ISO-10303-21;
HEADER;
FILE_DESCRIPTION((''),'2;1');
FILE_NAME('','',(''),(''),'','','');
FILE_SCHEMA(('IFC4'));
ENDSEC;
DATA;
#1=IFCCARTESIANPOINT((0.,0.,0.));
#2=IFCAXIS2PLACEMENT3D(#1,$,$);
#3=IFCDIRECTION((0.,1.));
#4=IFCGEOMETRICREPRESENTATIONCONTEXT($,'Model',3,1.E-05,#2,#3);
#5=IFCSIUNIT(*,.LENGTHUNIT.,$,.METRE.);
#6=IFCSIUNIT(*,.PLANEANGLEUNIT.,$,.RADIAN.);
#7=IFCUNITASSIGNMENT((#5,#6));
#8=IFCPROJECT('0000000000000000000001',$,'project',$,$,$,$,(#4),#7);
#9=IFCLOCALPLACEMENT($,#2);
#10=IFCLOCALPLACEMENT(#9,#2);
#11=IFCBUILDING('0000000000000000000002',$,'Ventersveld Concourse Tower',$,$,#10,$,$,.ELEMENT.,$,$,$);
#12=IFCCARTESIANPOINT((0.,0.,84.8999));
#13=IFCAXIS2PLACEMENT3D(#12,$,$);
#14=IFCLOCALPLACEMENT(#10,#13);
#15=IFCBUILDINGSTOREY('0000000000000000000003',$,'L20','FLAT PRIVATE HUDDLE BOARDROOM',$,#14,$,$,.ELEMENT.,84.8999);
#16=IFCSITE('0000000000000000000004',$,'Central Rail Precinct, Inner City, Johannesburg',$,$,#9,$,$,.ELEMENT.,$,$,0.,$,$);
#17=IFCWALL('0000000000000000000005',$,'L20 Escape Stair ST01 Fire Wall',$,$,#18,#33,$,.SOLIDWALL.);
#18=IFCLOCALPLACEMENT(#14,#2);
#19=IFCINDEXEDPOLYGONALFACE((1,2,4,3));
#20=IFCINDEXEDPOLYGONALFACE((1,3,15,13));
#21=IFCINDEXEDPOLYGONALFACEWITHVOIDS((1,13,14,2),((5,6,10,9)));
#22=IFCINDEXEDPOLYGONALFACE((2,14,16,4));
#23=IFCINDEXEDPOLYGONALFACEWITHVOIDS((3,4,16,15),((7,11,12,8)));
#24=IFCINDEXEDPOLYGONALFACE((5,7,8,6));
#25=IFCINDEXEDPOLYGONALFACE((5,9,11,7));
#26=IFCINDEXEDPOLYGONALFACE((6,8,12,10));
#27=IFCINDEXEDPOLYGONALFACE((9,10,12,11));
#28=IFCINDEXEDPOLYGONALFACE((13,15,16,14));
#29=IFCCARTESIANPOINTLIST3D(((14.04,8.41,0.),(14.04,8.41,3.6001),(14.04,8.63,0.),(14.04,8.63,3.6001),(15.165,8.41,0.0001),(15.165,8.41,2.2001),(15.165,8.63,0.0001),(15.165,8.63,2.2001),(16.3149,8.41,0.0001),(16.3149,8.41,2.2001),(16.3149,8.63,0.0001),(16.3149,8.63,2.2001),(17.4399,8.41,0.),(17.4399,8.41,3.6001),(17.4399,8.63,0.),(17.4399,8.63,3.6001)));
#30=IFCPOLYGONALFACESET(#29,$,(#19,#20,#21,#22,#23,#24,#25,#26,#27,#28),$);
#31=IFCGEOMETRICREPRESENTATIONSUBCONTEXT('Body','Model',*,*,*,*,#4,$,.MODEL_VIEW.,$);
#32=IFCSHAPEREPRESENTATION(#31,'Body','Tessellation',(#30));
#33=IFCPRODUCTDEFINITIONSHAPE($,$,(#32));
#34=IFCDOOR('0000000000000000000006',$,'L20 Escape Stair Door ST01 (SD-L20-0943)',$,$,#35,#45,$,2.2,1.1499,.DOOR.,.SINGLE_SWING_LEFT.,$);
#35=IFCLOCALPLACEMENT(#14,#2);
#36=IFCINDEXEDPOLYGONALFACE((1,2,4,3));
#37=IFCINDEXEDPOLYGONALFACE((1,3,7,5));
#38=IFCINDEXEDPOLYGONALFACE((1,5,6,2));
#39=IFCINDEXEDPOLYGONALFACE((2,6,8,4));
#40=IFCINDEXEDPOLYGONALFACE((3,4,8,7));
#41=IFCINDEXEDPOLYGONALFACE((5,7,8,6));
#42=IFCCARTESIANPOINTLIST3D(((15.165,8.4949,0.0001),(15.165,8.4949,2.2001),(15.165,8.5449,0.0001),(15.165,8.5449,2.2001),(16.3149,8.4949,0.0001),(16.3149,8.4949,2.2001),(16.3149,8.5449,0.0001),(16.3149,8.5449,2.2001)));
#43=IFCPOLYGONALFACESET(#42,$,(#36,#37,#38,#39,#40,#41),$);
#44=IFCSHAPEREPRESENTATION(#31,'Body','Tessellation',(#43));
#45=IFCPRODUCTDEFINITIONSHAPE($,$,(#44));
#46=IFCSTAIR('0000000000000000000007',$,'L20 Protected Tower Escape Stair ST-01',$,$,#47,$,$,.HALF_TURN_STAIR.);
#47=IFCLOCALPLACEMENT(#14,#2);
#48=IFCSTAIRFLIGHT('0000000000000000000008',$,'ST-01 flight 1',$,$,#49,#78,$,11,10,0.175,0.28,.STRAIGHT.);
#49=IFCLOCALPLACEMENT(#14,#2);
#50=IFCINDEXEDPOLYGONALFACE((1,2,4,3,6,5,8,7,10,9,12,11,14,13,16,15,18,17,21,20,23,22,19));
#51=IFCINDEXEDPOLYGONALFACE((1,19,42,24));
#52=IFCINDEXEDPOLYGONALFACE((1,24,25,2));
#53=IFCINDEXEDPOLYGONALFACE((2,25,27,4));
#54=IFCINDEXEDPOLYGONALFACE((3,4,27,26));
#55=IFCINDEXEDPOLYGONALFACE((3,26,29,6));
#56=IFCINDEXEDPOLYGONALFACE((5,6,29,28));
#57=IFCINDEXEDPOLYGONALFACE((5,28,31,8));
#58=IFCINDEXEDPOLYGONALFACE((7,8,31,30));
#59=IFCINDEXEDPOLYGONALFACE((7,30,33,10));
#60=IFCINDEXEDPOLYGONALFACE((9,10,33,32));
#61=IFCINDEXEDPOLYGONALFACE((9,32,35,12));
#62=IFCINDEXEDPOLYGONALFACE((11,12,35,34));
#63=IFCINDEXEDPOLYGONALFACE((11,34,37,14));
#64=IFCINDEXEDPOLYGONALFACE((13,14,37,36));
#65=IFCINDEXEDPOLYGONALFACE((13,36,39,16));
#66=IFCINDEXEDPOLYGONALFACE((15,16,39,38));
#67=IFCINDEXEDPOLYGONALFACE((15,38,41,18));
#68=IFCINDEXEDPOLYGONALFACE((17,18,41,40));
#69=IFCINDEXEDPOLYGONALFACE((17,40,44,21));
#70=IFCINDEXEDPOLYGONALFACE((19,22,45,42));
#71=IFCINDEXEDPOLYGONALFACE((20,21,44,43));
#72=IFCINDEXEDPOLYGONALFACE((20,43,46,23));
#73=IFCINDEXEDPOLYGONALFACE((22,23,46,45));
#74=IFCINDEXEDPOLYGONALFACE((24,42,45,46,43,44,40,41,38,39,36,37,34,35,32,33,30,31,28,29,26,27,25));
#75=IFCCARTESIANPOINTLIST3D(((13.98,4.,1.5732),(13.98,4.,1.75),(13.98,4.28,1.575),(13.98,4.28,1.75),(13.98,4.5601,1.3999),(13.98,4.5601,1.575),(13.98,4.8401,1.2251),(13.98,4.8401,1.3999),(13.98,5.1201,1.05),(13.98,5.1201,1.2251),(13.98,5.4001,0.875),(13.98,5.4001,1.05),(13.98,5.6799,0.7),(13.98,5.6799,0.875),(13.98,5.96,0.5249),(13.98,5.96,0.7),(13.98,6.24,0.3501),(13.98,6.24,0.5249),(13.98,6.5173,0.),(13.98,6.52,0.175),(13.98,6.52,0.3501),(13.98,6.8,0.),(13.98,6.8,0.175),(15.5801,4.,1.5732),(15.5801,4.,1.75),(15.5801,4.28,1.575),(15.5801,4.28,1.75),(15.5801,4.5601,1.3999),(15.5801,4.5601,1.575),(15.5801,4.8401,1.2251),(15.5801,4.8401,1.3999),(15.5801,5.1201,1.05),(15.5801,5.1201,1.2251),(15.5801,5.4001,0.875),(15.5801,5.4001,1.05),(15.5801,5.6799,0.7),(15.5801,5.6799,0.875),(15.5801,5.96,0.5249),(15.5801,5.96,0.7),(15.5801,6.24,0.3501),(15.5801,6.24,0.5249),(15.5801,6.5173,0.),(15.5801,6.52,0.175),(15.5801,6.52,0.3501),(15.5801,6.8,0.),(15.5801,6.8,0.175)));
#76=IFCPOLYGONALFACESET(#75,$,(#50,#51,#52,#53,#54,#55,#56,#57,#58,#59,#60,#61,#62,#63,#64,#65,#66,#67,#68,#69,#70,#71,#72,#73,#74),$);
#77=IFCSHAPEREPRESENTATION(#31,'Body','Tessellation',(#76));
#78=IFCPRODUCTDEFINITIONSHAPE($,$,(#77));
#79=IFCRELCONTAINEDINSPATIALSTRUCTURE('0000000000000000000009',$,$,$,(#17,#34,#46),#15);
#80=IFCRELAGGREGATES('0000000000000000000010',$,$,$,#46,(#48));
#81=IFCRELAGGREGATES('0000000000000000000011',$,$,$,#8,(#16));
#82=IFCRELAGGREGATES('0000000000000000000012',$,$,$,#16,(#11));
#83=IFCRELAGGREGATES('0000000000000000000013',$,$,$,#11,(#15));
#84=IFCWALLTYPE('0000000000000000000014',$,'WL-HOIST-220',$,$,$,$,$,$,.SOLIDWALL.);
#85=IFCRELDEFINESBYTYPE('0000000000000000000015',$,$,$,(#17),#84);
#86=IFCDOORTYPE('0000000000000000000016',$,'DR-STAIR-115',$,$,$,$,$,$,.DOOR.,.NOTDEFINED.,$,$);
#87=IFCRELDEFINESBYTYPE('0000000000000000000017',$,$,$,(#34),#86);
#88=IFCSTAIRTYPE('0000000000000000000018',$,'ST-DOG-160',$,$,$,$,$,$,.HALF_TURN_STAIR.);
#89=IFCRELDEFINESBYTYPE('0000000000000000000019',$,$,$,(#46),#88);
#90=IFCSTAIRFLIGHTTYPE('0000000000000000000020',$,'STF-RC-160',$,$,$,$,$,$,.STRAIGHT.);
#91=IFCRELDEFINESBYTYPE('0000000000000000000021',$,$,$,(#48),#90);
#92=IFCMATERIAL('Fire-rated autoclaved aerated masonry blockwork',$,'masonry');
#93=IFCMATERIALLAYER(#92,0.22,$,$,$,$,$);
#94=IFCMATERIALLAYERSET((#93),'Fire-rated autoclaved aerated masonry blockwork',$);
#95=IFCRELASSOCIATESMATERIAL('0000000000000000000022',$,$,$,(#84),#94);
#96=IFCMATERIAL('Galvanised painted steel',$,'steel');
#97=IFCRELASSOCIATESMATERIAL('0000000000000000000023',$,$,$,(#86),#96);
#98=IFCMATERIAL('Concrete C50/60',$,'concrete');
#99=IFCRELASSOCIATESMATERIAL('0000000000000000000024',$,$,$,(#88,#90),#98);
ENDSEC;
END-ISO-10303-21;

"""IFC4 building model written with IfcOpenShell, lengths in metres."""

from ifc_helpers import new_model, si_unit, direction, frame, frame_2d, origin, place, context, subcontext, project, spatial, polyline, rectangle, outline, extrude, material, layer, layer_set, type_object, element, fill, aggregate, save


model = new_model("IFC4")

# Units and contexts
model_context = context("Model", 3, precision=1e-05, world=origin(), true_north=direction((0.0, 1.0)))
body_context = subcontext(model_context, "Body", "Model", "MODEL_VIEW")
ifc_project = project(units=[si_unit("LENGTHUNIT", "METRE"), si_unit("PLANEANGLEUNIT", "RADIAN")], contexts=[model_context])

# Site, building, storey
site_placement = place(None, origin())
site = spatial("IfcSite", under=ifc_project, at=site_placement, Name="Central Rail Precinct, Inner City, Johannesburg", CompositionType="ELEMENT", RefElevation=0.0)
building_placement = place(site_placement, origin())
building = spatial("IfcBuilding", under=site, at=building_placement, Name="Ventersveld Concourse Tower", CompositionType="ELEMENT")
storey_placement = place(building_placement, frame((0.0, 0.0, 84.8999)))
storey = spatial("IfcBuildingStorey", under=building, at=storey_placement, Name="L20", Description="FLAT PRIVATE HUDDLE BOARDROOM", CompositionType="ELEMENT", Elevation=84.8999)

# Shared definitions
ifc_material_1 = material(Name="Concrete C50/60", Category="concrete")

# Shared definitions
ifc_material_2 = material(Name="Fire-rated autoclaved aerated masonry blockwork", Category="masonry")

# Wall, opening, door
ifc_layer_1 = layer(ifc_material_2, 0.22)
ifc_layer_set_1 = layer_set([ifc_layer_1], Name="Fire-rated autoclaved aerated masonry blockwork")
wall_type_1 = type_object("IfcWallType", Name="WL-HOIST-220", PredefinedType="SOLIDWALL", material=ifc_layer_set_1)
wall_1_placement = place(storey_placement, frame((14.04, 8.52, 0.0), z_axis=(0.0, 0.0, 1.0), x_axis=(1.0, 0.0, 0.0)))
wall_1 = element("IfcWall", 1, at=wall_1_placement, inside=storey, type_object=wall_type_1, Name="L20 Escape Stair ST01 Fire Wall", PredefinedType="SOLIDWALL", context=body_context, shape_type="SweptSolid", body=[
    extrude(rectangle(XDim=3.3999, YDim=0.22, at=frame_2d((1.7, 0.0))), origin(), (0.0, 0.0, 1.0), 3.6001),
])
opening_1_placement = place(wall_1_placement, frame((1.125, 0.0, 0.0)))
opening_1 = element("IfcOpeningElement", 2, at=opening_1_placement, cuts=wall_1, PredefinedType="OPENING", context=body_context, shape_type="SweptSolid", body=[
    extrude(rectangle(XDim=1.1499, YDim=2.2, at=frame_2d((0.575, 1.1001))), frame((0.0, 0.1201, 0.0), z_axis=(0.0, -1.0, 0.0), x_axis=(1.0, 0.0, 0.0)), (0.0, 0.0, 1.0), 0.24),
])
ifc_material_3 = material(Name="Galvanised painted steel", Category="steel")
door_type_1 = type_object("IfcDoorType", Name="DR-STAIR-115", OperationType="NOTDEFINED", PredefinedType="DOOR", material=ifc_material_3)
door_1_placement = place(opening_1_placement, origin())
door_1 = element("IfcDoor", 3, at=door_1_placement, inside=storey, type_object=door_type_1, Name="L20 Escape Stair Door ST01 (SD-L20-0943)", OperationType="SINGLE_SWING_LEFT", OverallHeight=2.2, OverallWidth=1.1499, PredefinedType="DOOR", context=body_context, shape_type="SweptSolid", body=[
    extrude(rectangle(XDim=1.1499, YDim=2.2, at=frame_2d((0.575, 1.1001))), frame((0.0, 0.0249, 0.0), z_axis=(0.0, -1.0, 0.0), x_axis=(1.0, 0.0, 0.0)), (0.0, 0.0, 1.0), 0.05),
])
fill(opening_1, door_1)

# Stair, stair flight
stair_type = type_object("IfcStairType", Name="ST-DOG-160", PredefinedType="HALF_TURN_STAIR", material=ifc_material_1)
stair_placement = place(storey_placement, origin())
stair = element("IfcStair", 4, at=stair_placement, inside=storey, type_object=stair_type, Name="L20 Protected Tower Escape Stair ST-01", PredefinedType="HALF_TURN_STAIR")
stair_flight_type = type_object("IfcStairFlightType", Name="STF-RC-160", PredefinedType="STRAIGHT", material=ifc_material_1)
stair_flight_placement = place(storey_placement, frame((14.78, 6.8, 0.0), z_axis=(0.0, 0.0, 1.0), x_axis=(0.0, -1.0, 0.0)))
stair_flight = element("IfcStairFlight", 5, at=stair_flight_placement, type_object=stair_flight_type, Name="ST-01 flight 1", NumberOfRisers=11, NumberOfTreads=10, PredefinedType="STRAIGHT", RiserHeight=0.175, TreadLength=0.28, context=body_context, shape_type="SweptSolid", body=[
    extrude(outline(polyline([(0.0, 0.0), (0.0, 0.175), (0.28, 0.175), (0.28, 0.3501), (0.5601, 0.3501), (0.5601, 0.5249), (0.8401, 0.5249), (0.8401, 0.7), (1.1201, 0.7), (1.1201, 0.875), (1.3999, 0.875), (1.3999, 1.05), (1.6799, 1.05), (1.6799, 1.2251), (1.96, 1.2251), (1.96, 1.3999), (2.24, 1.3999), (2.24, 1.575), (2.52, 1.575), (2.52, 1.75), (2.8, 1.75), (2.8, 1.925), (2.8, 1.5732), (0.2827, 0.0), (0.0, 0.0)])), frame((0.0, 0.8, 0.0), z_axis=(0.0, -1.0, 0.0), x_axis=(1.0, 0.0, 0.0)), (0.0, 0.0, 1.0), 1.6001),
])
aggregate(stair, [stair_flight])

save(model, "model.ifc")
